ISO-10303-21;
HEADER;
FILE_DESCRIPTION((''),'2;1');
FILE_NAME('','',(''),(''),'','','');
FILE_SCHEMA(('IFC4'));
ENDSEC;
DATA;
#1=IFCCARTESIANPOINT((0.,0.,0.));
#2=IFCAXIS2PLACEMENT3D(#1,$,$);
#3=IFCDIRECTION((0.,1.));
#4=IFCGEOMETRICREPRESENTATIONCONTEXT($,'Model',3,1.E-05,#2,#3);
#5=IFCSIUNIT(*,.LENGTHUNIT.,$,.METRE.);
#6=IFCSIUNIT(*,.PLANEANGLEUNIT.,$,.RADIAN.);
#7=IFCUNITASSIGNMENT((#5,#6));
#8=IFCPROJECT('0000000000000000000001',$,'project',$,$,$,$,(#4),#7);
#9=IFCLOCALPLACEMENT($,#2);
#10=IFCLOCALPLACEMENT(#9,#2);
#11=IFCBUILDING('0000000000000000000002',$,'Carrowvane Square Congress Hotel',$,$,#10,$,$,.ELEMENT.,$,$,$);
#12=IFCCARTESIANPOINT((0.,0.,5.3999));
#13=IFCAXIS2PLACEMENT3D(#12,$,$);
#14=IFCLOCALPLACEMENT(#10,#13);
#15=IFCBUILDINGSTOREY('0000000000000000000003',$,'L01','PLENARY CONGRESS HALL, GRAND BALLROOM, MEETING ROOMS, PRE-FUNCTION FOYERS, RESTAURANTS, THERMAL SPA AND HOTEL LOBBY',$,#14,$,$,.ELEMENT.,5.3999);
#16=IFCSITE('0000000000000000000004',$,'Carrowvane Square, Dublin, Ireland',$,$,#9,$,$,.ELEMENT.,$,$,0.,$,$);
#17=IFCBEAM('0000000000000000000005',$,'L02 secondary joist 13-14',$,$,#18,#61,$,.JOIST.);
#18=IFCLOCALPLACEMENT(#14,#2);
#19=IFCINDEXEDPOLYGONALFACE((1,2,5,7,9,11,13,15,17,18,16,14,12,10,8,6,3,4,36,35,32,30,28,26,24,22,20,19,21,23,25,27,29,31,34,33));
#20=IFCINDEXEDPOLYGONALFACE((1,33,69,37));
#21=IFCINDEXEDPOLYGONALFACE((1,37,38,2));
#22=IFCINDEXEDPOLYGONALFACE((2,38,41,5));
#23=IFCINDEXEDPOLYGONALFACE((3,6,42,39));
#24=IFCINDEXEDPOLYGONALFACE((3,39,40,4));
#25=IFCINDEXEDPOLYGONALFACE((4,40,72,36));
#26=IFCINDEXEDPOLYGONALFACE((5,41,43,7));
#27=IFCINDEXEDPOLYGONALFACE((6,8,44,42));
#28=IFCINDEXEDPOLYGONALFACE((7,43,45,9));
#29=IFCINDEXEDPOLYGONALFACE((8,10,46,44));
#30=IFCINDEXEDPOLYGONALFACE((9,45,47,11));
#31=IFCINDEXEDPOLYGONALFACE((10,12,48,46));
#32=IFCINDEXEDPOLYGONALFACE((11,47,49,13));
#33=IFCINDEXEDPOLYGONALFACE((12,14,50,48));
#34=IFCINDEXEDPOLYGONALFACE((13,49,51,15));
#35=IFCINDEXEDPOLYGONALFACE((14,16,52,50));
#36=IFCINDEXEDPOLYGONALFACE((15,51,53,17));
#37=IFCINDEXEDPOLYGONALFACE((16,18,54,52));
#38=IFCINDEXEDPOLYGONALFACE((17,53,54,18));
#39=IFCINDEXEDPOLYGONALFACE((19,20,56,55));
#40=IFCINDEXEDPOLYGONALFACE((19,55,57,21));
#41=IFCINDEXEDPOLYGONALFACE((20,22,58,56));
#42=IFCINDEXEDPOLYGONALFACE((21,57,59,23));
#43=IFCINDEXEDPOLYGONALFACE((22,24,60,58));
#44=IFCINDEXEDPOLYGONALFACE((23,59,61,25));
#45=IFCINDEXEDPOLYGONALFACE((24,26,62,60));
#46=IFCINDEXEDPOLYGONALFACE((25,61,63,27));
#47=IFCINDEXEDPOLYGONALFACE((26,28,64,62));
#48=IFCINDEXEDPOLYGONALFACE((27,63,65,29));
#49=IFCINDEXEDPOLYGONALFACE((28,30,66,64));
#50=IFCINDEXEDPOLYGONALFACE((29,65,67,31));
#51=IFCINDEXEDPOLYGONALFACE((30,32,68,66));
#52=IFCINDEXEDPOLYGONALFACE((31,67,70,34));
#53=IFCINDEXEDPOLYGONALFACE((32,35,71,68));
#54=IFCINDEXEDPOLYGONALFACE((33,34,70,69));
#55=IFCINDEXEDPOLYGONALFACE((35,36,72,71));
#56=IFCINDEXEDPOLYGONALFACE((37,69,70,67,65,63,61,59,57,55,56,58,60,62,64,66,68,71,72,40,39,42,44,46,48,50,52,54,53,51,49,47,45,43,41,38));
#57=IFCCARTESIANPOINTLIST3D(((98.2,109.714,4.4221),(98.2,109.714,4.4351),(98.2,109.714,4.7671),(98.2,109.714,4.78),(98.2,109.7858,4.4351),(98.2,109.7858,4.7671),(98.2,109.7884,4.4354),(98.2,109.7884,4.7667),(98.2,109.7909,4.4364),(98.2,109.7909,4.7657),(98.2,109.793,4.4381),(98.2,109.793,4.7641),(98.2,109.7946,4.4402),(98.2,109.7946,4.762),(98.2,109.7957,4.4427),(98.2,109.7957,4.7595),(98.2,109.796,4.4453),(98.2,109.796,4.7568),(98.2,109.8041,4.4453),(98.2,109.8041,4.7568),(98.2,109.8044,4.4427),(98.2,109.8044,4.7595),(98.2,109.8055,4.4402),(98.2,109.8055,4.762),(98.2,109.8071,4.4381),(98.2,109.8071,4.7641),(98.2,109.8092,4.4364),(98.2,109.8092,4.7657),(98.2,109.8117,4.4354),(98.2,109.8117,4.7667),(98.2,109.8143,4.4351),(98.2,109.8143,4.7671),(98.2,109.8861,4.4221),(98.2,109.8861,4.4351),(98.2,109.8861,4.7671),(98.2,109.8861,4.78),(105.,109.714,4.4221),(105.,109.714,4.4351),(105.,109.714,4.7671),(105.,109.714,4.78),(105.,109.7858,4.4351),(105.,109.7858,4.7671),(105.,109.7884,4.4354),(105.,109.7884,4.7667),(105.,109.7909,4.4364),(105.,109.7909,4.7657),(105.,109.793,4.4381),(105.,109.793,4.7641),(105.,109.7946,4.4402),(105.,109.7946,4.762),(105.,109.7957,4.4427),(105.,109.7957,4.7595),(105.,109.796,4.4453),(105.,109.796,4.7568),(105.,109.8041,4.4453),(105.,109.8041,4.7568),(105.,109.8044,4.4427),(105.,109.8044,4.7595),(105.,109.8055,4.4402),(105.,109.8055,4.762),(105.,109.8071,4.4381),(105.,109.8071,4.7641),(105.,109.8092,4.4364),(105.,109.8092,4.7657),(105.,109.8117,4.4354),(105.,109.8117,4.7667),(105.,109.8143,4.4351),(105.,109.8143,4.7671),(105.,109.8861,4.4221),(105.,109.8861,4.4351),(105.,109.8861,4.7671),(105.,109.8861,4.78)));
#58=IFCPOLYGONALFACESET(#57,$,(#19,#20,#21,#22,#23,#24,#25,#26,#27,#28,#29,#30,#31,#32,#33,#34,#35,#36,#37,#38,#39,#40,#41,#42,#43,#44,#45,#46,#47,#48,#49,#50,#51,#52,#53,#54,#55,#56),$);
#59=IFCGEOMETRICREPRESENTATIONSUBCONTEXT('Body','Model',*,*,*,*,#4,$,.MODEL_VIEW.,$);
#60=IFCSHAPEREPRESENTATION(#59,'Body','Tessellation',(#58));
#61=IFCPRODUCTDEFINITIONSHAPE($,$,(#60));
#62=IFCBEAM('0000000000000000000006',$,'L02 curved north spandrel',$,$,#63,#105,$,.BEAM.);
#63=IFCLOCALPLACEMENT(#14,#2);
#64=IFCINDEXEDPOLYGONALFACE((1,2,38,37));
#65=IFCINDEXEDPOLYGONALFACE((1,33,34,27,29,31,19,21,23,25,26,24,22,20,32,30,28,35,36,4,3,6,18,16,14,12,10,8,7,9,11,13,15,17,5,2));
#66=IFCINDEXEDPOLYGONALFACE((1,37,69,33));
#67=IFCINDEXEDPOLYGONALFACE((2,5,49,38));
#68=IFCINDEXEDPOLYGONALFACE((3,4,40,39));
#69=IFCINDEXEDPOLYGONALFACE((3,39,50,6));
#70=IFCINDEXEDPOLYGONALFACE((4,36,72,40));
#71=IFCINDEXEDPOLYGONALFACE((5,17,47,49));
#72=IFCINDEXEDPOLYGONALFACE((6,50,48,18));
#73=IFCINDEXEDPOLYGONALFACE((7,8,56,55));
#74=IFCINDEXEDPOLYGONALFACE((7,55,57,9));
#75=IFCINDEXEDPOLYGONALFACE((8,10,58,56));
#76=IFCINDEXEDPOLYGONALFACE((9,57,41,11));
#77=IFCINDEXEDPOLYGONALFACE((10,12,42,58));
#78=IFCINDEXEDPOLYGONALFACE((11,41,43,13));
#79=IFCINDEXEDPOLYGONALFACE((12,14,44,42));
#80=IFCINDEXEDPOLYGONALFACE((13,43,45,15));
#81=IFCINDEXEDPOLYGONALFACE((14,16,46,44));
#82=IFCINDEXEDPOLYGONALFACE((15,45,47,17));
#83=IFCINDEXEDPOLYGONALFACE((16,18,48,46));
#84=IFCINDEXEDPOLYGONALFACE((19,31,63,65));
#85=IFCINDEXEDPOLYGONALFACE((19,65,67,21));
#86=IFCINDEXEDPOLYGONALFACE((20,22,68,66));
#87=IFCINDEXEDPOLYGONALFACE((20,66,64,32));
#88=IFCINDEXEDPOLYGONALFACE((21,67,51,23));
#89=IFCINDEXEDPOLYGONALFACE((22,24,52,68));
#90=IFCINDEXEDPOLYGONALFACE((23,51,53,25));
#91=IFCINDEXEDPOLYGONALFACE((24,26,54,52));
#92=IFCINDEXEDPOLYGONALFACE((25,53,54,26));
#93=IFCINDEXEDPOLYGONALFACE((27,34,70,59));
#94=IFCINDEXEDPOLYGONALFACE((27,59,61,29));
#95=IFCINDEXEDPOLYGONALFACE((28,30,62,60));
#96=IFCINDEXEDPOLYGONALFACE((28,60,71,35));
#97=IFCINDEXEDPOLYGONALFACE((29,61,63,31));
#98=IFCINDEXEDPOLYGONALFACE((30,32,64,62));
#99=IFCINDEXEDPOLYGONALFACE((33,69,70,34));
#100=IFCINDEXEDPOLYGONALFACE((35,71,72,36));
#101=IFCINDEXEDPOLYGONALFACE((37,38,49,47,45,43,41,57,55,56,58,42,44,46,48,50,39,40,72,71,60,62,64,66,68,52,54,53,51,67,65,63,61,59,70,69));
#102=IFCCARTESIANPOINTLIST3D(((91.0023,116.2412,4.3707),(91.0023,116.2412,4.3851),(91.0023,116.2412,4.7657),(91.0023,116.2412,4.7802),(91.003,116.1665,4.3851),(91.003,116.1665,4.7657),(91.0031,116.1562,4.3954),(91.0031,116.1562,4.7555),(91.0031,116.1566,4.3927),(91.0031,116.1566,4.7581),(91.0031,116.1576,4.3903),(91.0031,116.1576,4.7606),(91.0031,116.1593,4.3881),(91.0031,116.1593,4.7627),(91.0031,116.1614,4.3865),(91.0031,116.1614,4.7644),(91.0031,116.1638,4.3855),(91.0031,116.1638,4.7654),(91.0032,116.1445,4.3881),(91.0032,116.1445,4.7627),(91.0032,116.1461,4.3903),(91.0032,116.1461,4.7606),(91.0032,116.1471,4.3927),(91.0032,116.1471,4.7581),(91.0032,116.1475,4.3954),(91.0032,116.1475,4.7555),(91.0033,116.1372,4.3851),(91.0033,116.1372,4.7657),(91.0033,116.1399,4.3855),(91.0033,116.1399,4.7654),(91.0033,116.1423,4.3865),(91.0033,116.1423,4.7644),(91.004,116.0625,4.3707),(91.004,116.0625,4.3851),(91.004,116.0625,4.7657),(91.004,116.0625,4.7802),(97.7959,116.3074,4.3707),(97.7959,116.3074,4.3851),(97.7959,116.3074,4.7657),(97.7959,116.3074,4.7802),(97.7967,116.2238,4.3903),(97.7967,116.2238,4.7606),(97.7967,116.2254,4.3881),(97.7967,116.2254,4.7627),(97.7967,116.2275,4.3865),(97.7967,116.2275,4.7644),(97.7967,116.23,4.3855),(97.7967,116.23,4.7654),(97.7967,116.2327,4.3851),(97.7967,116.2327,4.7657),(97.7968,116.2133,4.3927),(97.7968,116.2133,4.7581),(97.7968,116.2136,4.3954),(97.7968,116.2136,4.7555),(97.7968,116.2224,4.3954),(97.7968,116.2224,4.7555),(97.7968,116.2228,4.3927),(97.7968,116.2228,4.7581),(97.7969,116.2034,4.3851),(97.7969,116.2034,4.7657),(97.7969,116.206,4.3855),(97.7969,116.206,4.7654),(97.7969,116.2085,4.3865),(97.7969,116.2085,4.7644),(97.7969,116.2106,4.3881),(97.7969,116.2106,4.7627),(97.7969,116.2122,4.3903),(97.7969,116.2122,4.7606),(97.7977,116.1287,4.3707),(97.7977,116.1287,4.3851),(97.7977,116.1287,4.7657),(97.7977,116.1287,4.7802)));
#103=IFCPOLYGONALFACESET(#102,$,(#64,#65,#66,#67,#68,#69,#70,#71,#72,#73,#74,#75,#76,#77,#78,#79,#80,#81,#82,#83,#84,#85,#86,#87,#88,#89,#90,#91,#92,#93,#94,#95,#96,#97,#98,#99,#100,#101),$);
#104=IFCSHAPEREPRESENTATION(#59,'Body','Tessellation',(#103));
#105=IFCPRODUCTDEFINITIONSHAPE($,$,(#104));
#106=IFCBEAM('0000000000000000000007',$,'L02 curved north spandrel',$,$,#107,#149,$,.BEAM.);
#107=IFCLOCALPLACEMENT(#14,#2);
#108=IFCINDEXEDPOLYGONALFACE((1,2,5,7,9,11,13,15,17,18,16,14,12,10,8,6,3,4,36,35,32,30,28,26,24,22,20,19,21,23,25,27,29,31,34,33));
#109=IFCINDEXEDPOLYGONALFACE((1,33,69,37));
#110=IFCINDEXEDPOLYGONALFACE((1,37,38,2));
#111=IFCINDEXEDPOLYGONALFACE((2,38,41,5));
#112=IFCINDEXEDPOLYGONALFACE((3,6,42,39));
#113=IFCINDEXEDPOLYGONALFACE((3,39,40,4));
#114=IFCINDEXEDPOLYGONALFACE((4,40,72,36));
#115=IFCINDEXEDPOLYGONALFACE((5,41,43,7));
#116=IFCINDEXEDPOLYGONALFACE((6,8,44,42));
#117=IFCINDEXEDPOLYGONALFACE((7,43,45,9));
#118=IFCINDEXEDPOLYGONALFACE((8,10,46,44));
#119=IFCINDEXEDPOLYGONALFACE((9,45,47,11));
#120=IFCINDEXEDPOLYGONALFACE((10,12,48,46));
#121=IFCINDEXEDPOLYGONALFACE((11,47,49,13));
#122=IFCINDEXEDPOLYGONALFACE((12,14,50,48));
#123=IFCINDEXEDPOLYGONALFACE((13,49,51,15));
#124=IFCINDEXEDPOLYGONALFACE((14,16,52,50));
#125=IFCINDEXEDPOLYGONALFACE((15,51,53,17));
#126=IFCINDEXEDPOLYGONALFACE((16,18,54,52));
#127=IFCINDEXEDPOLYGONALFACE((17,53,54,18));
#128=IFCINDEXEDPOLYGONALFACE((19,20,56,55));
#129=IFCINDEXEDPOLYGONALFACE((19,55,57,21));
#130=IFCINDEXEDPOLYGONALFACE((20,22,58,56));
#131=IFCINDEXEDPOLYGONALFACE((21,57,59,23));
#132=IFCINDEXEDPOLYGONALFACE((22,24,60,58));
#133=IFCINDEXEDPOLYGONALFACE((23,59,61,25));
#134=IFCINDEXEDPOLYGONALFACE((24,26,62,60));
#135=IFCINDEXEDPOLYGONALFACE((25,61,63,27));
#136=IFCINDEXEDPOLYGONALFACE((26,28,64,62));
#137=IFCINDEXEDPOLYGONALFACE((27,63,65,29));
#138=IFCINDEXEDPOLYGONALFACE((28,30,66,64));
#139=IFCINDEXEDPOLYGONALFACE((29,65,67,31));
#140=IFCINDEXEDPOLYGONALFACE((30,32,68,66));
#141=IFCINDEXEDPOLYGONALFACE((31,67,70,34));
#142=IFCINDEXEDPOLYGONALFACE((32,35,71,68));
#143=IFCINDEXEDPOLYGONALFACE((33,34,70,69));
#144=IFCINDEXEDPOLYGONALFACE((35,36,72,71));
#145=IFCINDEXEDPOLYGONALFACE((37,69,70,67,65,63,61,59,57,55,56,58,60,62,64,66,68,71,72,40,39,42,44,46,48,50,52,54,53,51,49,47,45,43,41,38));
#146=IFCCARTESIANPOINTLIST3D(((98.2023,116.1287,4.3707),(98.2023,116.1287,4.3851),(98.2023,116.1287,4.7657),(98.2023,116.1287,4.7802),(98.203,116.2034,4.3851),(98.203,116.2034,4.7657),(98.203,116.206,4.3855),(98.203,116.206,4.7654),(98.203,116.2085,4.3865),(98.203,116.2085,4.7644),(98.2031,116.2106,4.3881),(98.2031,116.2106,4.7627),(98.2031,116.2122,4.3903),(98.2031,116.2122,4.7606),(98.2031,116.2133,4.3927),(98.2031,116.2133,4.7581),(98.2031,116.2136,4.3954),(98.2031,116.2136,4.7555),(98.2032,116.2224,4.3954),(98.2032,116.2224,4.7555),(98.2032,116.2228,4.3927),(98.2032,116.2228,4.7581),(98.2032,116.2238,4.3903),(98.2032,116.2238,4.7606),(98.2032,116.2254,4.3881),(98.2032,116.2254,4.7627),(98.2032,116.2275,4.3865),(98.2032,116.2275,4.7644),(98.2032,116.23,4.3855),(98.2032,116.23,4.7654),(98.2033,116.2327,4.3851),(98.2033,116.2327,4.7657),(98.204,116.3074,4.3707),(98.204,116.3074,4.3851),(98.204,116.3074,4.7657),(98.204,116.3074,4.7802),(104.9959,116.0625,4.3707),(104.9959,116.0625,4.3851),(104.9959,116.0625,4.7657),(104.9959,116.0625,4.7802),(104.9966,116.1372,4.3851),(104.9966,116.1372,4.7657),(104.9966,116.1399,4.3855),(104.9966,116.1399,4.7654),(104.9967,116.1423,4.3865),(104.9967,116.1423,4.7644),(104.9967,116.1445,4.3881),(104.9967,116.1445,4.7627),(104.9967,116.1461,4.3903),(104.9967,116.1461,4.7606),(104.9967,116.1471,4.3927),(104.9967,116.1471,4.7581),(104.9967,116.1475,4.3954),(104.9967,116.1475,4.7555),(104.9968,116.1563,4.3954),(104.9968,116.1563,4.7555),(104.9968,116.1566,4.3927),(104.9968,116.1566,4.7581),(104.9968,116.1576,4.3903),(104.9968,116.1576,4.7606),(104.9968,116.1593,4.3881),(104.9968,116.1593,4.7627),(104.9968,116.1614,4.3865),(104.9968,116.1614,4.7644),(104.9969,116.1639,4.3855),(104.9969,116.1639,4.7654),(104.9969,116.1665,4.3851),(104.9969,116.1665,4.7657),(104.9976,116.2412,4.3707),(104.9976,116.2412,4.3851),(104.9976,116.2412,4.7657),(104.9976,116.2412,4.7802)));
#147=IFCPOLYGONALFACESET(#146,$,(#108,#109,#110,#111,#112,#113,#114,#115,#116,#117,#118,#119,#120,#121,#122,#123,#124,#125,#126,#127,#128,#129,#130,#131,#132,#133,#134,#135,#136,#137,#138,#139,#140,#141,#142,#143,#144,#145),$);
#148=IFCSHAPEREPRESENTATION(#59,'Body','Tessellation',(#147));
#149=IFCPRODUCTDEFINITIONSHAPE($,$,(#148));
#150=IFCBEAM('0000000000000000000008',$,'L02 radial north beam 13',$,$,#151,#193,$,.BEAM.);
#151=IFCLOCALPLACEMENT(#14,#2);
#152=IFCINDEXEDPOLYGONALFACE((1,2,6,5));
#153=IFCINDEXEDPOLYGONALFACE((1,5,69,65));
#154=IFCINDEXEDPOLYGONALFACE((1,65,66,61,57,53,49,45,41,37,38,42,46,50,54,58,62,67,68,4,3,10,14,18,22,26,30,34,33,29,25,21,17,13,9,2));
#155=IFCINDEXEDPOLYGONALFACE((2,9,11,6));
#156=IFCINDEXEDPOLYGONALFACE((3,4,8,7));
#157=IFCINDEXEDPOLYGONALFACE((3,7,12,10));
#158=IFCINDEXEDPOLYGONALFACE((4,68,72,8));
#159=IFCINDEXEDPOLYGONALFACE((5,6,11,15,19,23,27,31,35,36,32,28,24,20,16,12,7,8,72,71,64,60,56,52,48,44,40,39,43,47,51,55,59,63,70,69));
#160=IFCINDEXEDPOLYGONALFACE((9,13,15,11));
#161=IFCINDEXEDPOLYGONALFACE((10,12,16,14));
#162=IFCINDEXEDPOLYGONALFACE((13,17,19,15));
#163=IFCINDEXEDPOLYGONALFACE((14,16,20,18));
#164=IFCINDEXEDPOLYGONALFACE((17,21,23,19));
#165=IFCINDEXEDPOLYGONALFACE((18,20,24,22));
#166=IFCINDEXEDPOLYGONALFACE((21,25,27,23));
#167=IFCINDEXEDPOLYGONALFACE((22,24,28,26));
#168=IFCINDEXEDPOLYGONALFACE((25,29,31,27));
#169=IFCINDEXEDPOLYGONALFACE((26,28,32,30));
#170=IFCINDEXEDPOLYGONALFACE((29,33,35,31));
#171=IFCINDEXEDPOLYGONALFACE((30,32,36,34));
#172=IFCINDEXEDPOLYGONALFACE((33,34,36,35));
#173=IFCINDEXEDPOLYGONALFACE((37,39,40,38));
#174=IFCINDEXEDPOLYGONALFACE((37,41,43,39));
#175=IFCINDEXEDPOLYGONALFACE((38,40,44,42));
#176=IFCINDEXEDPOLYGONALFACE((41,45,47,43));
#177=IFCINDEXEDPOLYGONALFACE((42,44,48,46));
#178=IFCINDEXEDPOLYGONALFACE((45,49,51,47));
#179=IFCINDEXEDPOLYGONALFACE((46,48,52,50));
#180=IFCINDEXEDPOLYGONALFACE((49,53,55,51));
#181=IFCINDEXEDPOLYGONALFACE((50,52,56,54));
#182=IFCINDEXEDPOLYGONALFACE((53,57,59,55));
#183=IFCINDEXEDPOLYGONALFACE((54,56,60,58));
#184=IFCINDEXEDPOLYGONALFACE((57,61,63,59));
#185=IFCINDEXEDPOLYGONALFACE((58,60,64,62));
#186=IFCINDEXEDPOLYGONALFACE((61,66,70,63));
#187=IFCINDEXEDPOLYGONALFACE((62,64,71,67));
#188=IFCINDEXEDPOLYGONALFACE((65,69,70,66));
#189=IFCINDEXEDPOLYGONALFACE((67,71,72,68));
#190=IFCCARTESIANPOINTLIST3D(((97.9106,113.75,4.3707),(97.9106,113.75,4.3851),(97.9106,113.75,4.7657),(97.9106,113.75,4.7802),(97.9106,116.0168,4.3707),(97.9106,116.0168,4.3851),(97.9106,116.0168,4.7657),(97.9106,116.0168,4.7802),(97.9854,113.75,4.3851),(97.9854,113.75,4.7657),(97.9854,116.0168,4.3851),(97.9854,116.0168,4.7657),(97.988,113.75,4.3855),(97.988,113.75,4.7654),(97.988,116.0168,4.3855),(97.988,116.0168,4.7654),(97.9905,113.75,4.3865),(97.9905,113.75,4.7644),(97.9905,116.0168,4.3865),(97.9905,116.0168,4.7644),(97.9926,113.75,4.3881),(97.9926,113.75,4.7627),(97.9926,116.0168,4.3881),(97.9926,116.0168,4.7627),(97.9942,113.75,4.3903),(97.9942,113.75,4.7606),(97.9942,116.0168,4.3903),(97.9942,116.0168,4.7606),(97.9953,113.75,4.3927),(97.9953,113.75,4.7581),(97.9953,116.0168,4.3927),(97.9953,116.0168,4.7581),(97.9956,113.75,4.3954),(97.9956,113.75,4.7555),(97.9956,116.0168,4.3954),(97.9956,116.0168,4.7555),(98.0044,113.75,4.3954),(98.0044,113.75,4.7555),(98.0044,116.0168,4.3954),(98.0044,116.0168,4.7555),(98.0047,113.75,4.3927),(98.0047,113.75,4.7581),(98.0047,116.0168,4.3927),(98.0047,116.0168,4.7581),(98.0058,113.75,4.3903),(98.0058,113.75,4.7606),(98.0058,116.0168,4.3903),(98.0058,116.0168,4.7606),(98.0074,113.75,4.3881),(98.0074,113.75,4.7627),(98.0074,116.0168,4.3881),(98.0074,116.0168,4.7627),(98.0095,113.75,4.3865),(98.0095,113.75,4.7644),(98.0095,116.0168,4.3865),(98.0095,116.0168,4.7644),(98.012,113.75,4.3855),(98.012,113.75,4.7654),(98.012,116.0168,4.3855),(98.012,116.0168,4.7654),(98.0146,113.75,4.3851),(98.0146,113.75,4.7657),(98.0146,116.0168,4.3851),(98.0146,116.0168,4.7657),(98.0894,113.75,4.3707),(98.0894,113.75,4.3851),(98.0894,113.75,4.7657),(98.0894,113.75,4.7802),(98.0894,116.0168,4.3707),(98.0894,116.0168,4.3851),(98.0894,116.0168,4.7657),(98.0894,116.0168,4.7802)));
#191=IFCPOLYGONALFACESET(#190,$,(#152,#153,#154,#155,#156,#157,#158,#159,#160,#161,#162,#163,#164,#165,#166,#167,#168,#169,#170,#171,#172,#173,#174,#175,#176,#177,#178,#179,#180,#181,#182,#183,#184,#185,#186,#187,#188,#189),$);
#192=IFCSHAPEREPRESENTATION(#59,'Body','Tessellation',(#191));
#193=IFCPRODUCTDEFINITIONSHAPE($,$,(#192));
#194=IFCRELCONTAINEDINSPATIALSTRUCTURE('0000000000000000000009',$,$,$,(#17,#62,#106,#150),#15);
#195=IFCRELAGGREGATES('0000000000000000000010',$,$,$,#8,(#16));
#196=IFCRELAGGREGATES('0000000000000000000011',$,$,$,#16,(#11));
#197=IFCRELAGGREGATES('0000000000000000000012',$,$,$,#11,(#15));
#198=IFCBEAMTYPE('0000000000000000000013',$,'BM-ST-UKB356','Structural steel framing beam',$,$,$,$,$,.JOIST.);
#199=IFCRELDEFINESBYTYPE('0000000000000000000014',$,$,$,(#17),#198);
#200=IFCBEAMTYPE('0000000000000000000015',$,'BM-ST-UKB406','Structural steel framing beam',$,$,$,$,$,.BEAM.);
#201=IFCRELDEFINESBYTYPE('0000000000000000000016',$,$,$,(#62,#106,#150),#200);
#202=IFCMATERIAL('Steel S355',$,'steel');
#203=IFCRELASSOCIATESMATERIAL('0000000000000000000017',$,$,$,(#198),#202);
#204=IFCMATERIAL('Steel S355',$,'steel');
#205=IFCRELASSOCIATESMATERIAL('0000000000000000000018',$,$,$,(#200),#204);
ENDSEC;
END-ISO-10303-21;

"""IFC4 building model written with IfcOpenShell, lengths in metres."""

from ifc_helpers import new_model, si_unit, direction, frame, origin, origin_2d, place, context, subcontext, project, spatial, i_section, extrude, material, material_profile, profile_set, type_object, element, save


model = new_model("IFC4")

# Units and contexts
model_context = context("Model", 3, precision=1e-05, world=origin(), true_north=direction((0.0, 1.0)))
body_context = subcontext(model_context, "Body", "Model", "MODEL_VIEW")
ifc_project = project(units=[si_unit("LENGTHUNIT", "METRE"), si_unit("PLANEANGLEUNIT", "RADIAN")], contexts=[model_context])

# Site, building, storey
site_placement = place(None, origin())
site = spatial("IfcSite", under=ifc_project, at=site_placement, Name="Carrowvane Square, Dublin, Ireland", CompositionType="ELEMENT", RefElevation=0.0)
building_placement = place(site_placement, origin())
building = spatial("IfcBuilding", under=site, at=building_placement, Name="Carrowvane Square Congress Hotel", CompositionType="ELEMENT")
storey_placement = place(building_placement, frame((0.0, 0.0, 5.3999)))
storey = spatial("IfcBuildingStorey", under=building, at=storey_placement, Name="L01", Description="PLENARY CONGRESS HALL, GRAND BALLROOM, MEETING ROOMS, PRE-FUNCTION FOYERS, RESTAURANTS, THERMAL SPA AND HOTEL LOBBY", CompositionType="ELEMENT", Elevation=5.3999)

# Beams
ifc_material_1 = material(Name="Steel S355", Category="steel")
ifc_material_profile_1 = material_profile(ifc_material_1, i_section(OverallWidth=0.1721, OverallDepth=0.3579, WebThickness=0.0081, FlangeThickness=0.0129, FilletRadius=0.0103, at=origin_2d()), Name="UKB 356x171x57")
ifc_profile_set_1 = profile_set([ifc_material_profile_1], Name="Steel S355")
beam_type_1 = type_object("IfcBeamType", Name="BM-ST-UKB356", Description="Structural steel framing beam", PredefinedType="JOIST", material=ifc_profile_set_1)
for number, where, z_axis, x_axis, name in (
    (1, (98.2, 109.8, 4.6011), (1.0, 0.0, 0.0), (0.0, 1.0, 0.0), "L02 secondary joist 13-14"),
):
    element("IfcBeam", number, at=place(storey_placement, frame(where, z_axis=z_axis, x_axis=x_axis)), inside=storey, type_object=beam_type_1, Name=name, PredefinedType="JOIST", context=body_context, shape_type="SweptSolid", body=[
        extrude(i_section(OverallWidth=0.1721, OverallDepth=0.3579, WebThickness=0.0081, FlangeThickness=0.0129, FilletRadius=0.0103, at=origin_2d()), origin(), (0.0, 0.0, 1.0), 6.8),
    ])
ifc_material_2 = material(Name="Steel S355", Category="steel")
ifc_material_profile_2 = material_profile(ifc_material_2, i_section(OverallWidth=0.1787, OverallDepth=0.4094, WebThickness=0.0088, FlangeThickness=0.0144, FilletRadius=0.0103, at=origin_2d()), Name="UKB 406x178x67")
ifc_profile_set_2 = profile_set([ifc_material_profile_2], Name="Steel S355")
beam_type_2 = type_object("IfcBeamType", Name="BM-ST-UKB406", Description="Structural steel framing beam", PredefinedType="BEAM", material=ifc_profile_set_2)
for number, where, z_axis, x_axis, name in (
    (2, (91.0032, 116.1519, 4.5754), (0.999953, 0.009738, 0.0), (-0.009738, 0.999953, 0.0), "L02 curved north spandrel"),
    (3, (98.2031, 116.218, 4.5754), (0.999953, -0.009738, 0.0), (0.009738, 0.999953, 0.0), "L02 curved north spandrel"),
):
    element("IfcBeam", number, at=place(storey_placement, frame(where, z_axis=z_axis, x_axis=x_axis)), inside=storey, type_object=beam_type_2, Name=name, PredefinedType="BEAM", context=body_context, shape_type="SweptSolid", body=[
        extrude(i_section(OverallWidth=0.1787, OverallDepth=0.4094, WebThickness=0.0088, FlangeThickness=0.0144, FilletRadius=0.0103, at=origin_2d()), origin(), (0.0, 0.0, 1.0), 6.7939),
    ])
beam_1_placement = place(storey_placement, frame((98.0, 113.75, 4.5754), z_axis=(0.0, 1.0, 0.0), x_axis=(-1.0, 0.0, 0.0)))
element("IfcBeam", 4, at=beam_1_placement, inside=storey, type_object=beam_type_2, Name="L02 radial north beam 13", PredefinedType="BEAM", context=body_context, shape_type="SweptSolid", body=[
    extrude(i_section(OverallWidth=0.1787, OverallDepth=0.4094, WebThickness=0.0088, FlangeThickness=0.0144, FilletRadius=0.0103, at=origin_2d()), origin(), (0.0, 0.0, 1.0), 2.2668),
])

save(model, "model.ifc")
